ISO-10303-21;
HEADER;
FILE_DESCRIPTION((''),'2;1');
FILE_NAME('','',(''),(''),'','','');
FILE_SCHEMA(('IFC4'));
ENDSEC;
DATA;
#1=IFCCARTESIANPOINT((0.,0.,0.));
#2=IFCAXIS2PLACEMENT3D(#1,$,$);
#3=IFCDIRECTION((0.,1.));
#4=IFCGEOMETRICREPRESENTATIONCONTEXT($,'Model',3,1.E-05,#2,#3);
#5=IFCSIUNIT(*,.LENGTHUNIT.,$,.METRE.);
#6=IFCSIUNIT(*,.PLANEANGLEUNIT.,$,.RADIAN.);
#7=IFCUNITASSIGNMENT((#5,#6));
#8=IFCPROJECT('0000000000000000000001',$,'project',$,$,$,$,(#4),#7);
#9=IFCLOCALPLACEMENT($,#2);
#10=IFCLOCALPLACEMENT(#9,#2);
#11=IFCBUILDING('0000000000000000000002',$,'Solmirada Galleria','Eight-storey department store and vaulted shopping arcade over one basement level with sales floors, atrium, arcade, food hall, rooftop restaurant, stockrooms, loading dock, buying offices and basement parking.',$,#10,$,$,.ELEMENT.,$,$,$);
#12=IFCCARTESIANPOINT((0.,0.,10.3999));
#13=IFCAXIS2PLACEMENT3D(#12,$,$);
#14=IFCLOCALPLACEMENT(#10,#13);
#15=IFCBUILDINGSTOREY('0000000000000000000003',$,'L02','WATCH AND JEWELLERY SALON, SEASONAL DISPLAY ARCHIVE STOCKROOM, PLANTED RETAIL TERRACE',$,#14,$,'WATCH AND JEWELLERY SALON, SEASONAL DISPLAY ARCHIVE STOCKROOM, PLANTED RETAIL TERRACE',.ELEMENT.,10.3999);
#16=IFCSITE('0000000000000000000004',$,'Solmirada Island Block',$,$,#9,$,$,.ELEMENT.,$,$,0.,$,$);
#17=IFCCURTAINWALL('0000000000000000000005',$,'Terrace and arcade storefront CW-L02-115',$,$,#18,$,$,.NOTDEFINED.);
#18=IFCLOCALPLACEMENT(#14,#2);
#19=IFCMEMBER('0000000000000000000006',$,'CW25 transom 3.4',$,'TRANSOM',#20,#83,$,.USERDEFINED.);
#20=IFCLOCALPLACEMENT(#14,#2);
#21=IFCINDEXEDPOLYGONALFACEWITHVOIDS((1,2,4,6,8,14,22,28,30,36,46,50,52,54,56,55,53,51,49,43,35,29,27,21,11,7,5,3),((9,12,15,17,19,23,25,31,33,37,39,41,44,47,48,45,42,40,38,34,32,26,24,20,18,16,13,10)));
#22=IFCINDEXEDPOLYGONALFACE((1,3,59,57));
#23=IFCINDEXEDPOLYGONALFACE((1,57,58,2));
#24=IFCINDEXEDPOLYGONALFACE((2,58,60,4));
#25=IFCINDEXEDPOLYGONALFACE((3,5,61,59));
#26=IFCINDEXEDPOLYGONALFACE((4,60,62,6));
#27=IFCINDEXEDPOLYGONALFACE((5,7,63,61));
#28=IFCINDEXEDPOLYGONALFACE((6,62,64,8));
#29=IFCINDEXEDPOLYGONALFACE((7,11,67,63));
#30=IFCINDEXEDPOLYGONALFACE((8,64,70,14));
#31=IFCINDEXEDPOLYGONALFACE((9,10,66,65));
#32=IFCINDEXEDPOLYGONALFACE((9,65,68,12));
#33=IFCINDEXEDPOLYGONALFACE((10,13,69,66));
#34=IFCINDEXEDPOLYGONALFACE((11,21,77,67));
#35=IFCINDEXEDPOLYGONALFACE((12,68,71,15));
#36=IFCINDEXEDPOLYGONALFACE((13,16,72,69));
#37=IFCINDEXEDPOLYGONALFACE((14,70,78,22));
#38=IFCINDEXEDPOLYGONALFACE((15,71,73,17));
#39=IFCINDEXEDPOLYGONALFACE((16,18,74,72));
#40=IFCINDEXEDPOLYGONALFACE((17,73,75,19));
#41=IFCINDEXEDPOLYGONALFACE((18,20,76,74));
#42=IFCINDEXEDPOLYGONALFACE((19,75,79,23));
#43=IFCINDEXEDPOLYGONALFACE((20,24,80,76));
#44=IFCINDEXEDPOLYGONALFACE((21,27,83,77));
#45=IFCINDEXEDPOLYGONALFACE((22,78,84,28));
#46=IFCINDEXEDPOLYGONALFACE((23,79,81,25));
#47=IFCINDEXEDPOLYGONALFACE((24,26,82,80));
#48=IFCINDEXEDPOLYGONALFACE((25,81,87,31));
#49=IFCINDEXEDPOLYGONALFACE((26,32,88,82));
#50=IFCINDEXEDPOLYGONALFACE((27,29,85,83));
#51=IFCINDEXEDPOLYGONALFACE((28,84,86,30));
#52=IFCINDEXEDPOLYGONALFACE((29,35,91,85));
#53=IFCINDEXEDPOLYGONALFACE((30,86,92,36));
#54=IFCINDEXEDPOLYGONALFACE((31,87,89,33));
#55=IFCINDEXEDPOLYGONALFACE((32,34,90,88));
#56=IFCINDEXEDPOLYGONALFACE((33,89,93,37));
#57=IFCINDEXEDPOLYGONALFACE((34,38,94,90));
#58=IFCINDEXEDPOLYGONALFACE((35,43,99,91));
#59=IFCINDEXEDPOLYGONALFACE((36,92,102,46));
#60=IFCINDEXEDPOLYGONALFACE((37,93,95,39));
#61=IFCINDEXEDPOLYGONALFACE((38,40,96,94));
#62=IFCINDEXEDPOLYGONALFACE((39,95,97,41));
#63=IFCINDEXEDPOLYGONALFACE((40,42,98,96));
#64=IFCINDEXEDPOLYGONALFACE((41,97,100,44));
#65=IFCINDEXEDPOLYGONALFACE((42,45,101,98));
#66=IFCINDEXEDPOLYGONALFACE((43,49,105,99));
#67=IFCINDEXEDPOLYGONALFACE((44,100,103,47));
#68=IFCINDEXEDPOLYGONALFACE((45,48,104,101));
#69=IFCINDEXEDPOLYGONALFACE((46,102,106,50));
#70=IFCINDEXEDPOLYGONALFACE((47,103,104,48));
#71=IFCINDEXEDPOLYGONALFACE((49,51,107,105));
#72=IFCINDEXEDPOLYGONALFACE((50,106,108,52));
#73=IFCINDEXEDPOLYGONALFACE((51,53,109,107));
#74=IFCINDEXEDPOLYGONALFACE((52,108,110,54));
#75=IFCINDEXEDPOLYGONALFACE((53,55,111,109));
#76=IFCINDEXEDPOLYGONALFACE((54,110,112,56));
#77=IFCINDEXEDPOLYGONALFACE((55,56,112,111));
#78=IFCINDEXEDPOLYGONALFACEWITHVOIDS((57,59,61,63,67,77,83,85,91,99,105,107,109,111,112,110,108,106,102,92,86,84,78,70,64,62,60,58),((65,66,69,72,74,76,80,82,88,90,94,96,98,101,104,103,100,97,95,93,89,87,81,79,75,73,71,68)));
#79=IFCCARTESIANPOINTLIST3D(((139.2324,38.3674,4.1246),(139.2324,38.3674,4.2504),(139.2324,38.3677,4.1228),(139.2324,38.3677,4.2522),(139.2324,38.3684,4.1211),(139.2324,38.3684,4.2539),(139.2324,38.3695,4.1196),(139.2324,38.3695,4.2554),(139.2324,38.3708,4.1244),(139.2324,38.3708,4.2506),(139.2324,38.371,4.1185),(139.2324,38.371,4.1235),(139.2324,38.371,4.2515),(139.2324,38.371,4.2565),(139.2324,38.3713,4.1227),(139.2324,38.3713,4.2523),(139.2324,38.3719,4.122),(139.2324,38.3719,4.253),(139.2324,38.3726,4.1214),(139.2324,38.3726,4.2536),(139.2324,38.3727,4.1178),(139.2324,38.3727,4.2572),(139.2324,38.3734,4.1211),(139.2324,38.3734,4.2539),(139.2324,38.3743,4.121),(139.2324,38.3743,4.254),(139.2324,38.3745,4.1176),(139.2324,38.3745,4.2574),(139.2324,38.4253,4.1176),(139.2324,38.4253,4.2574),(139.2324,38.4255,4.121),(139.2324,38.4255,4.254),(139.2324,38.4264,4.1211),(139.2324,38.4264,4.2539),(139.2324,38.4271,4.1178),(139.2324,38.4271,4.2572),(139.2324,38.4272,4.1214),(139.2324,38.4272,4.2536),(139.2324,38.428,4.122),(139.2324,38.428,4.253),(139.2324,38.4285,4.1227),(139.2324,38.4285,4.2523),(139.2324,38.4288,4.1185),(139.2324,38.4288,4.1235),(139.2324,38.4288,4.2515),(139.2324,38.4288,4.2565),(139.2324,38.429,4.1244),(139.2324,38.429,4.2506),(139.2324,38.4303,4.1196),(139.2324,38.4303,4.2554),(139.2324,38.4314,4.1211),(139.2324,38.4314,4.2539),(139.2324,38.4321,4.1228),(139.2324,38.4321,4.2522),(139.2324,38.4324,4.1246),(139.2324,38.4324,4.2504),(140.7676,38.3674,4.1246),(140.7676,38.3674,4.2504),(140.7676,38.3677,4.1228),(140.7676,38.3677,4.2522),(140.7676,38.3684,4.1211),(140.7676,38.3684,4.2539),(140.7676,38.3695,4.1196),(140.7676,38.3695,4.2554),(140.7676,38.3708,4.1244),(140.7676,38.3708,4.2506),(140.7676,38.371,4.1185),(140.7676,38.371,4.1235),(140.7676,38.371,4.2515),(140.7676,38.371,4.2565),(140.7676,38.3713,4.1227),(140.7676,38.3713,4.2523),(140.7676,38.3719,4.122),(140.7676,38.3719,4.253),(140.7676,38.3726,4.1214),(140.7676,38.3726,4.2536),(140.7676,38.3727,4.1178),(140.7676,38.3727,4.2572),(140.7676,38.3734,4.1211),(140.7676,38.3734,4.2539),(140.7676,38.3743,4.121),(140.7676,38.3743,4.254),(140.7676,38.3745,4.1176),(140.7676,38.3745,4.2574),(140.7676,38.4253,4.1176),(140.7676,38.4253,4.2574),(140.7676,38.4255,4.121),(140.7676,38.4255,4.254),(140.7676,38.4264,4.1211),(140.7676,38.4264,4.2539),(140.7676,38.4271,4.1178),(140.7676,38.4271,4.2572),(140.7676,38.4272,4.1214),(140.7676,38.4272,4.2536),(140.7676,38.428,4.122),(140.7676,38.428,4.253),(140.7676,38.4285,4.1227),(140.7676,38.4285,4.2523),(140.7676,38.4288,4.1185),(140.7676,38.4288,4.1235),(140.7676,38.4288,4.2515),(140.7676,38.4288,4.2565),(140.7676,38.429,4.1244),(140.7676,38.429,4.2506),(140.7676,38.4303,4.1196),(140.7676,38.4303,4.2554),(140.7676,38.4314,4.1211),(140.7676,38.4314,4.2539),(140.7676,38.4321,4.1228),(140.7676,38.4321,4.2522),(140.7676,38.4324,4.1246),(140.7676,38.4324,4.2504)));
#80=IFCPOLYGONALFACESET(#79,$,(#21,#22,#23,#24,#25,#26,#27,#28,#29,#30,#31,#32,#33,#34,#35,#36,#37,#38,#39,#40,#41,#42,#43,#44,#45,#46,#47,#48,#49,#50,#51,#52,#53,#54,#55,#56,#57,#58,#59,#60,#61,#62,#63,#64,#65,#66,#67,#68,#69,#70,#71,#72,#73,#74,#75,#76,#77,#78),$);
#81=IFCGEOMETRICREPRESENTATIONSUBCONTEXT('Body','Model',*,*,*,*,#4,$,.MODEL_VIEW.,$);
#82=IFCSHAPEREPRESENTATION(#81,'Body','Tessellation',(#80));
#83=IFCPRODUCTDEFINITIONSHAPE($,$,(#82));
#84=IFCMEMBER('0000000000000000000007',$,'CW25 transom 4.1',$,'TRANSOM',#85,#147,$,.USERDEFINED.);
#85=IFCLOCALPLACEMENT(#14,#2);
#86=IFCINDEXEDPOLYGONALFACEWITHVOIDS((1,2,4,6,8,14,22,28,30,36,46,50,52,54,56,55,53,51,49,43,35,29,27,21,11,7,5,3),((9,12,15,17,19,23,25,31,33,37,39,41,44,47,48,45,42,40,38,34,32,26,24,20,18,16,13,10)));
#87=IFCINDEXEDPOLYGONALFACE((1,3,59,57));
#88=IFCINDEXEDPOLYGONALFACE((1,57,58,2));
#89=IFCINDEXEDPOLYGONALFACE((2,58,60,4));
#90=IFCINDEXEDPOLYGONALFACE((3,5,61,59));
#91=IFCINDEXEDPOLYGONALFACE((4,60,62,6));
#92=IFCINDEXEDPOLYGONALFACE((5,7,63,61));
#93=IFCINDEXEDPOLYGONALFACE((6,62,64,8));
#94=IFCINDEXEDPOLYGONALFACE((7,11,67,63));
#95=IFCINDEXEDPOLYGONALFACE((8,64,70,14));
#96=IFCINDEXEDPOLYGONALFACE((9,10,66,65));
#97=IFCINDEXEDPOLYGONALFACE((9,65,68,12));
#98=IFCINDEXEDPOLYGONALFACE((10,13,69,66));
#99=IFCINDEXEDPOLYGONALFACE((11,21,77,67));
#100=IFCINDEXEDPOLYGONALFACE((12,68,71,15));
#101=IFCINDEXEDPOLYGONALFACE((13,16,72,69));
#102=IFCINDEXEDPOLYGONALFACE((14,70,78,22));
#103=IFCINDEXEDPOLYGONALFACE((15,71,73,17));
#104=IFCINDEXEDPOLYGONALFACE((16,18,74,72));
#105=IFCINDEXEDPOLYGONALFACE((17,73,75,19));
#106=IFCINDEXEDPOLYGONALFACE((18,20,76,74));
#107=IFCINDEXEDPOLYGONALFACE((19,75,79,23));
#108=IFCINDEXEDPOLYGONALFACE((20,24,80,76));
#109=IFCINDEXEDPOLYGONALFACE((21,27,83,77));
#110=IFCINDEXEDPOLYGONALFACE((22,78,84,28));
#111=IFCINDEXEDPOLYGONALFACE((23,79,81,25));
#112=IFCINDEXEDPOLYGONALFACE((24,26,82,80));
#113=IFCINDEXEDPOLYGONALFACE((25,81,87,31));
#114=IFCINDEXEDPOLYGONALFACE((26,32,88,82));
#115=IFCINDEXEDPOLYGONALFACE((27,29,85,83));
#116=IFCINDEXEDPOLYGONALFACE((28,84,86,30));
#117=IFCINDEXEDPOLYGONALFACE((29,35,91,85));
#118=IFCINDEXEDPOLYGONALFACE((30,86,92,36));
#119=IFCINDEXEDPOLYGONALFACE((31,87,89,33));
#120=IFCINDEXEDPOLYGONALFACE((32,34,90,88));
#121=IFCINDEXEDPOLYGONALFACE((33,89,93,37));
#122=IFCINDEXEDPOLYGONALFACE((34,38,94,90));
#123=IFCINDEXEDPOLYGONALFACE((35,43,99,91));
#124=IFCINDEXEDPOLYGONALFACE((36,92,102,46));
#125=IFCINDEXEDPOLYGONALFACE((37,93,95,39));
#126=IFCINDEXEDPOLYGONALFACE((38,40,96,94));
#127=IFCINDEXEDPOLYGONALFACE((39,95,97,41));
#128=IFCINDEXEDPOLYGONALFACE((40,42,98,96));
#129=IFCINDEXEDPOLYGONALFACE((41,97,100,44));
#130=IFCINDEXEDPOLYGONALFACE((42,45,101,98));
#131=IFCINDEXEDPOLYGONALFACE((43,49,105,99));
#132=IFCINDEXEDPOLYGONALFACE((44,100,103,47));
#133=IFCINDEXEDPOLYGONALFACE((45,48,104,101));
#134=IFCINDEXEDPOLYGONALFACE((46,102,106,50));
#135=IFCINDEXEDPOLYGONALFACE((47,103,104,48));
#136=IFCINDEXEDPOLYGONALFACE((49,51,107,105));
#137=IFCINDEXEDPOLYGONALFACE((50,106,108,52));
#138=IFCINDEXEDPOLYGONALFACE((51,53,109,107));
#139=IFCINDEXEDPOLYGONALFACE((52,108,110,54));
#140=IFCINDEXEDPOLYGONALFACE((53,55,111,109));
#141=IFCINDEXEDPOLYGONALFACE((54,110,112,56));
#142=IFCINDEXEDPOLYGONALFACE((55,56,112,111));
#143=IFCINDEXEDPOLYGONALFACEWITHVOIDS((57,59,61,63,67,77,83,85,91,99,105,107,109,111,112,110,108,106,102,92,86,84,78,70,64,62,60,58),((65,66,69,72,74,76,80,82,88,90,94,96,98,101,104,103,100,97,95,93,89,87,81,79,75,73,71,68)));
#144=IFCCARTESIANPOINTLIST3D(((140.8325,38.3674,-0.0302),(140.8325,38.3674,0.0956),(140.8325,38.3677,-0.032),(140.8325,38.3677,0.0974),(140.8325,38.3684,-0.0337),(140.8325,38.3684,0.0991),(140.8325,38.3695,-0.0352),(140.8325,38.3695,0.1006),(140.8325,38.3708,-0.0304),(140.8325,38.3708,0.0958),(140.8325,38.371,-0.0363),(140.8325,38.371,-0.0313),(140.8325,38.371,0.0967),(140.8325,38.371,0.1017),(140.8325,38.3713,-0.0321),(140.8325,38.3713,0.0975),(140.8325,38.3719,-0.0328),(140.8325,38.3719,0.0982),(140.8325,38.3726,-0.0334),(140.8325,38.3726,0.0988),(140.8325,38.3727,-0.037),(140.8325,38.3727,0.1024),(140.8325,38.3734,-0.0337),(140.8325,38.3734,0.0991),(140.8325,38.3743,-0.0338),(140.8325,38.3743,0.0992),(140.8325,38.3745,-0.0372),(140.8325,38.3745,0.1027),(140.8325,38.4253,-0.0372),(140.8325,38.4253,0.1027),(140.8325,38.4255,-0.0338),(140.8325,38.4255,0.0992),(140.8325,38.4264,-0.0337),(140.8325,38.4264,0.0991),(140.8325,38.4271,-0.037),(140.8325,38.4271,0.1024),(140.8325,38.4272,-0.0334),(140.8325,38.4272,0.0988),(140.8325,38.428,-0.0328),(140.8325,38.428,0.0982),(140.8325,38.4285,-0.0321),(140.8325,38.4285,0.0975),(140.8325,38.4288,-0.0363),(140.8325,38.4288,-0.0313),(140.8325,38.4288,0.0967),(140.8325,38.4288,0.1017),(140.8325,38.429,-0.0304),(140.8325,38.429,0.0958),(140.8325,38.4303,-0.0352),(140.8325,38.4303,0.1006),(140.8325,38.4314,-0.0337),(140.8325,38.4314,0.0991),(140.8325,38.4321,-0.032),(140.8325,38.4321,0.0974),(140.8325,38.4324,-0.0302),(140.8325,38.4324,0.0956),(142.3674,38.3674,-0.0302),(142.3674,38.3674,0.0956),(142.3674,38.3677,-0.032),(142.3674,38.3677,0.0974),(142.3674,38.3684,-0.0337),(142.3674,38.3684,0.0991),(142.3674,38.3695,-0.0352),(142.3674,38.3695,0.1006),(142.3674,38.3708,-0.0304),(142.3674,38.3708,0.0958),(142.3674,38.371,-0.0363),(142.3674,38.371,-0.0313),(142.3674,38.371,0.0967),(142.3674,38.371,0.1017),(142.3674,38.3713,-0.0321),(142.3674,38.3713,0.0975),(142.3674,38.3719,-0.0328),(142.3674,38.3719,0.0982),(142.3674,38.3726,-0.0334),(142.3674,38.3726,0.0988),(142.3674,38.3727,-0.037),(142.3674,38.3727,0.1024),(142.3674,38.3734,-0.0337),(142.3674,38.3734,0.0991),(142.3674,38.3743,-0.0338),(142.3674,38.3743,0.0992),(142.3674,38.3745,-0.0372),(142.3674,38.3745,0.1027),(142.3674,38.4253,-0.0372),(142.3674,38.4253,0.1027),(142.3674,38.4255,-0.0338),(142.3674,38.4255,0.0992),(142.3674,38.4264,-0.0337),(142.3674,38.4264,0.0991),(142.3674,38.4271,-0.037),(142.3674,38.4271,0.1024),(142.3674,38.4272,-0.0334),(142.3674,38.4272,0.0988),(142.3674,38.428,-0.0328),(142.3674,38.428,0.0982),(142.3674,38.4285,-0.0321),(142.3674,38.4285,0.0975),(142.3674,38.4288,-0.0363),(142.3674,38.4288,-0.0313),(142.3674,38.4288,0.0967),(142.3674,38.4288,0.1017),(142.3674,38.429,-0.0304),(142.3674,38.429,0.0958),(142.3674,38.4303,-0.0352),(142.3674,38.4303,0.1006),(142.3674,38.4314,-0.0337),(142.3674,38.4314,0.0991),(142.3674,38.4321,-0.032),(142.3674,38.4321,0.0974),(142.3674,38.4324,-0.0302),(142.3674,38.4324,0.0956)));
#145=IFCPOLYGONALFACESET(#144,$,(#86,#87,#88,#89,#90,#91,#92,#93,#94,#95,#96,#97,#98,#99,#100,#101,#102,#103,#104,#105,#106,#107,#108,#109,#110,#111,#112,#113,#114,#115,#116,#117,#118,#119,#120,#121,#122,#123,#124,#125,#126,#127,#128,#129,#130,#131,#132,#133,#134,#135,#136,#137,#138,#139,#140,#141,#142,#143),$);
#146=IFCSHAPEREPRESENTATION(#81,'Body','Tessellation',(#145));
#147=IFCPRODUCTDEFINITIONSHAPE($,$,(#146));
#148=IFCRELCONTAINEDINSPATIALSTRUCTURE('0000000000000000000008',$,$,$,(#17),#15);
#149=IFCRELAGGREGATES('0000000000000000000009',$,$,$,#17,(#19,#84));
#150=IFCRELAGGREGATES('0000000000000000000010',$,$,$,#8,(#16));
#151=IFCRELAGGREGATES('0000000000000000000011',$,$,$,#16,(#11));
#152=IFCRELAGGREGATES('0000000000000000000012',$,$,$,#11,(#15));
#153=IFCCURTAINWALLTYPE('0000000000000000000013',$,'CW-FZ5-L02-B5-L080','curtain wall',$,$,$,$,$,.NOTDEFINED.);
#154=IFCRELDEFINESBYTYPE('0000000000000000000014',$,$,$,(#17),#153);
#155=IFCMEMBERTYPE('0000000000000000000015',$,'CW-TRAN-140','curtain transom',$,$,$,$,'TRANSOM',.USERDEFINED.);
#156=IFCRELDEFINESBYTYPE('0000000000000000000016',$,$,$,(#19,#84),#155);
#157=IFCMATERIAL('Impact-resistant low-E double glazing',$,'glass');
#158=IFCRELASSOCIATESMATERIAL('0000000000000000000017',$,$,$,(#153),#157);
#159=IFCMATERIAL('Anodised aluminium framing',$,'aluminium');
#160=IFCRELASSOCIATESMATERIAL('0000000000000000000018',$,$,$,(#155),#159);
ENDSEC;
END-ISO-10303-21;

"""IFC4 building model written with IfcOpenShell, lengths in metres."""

from ifc_helpers import new_model, si_unit, direction, frame, origin, origin_2d, place, context, subcontext, project, spatial, hollow_rectangle, extrude, material, material_profile, profile_set, type_object, element, aggregate, save


model = new_model("IFC4")

# Units and contexts
model_context = context("Model", 3, precision=1e-05, world=origin(), true_north=direction((0.0, 1.0)))
body_context = subcontext(model_context, "Body", "Model", "MODEL_VIEW")
ifc_project = project(units=[si_unit("LENGTHUNIT", "METRE"), si_unit("PLANEANGLEUNIT", "RADIAN")], contexts=[model_context])

# Site, building, storey
site_placement = place(None, origin())
site = spatial("IfcSite", under=ifc_project, at=site_placement, Name="Solmirada Island Block", CompositionType="ELEMENT", RefElevation=0.0)
building_placement = place(site_placement, origin())
building = spatial("IfcBuilding", under=site, at=building_placement, Name="Solmirada Galleria", Description="Eight-storey department store and vaulted shopping arcade over one basement level with sales floors, atrium, arcade, food hall, rooftop restaurant, stockrooms, loading dock, buying offices and basement parking.", CompositionType="ELEMENT")
storey_placement = place(building_placement, frame((0.0, 0.0, 10.3999)))
storey = spatial("IfcBuildingStorey", under=building, at=storey_placement, Name="L02", Description="WATCH AND JEWELLERY SALON, SEASONAL DISPLAY ARCHIVE STOCKROOM, PLANTED RETAIL TERRACE", LongName="WATCH AND JEWELLERY SALON, SEASONAL DISPLAY ARCHIVE STOCKROOM, PLANTED RETAIL TERRACE", CompositionType="ELEMENT", Elevation=10.3999)

# Curtain wall, members
ifc_material_1 = material(Name="Impact-resistant low-E double glazing", Category="glass")
curtain_wall_type = type_object("IfcCurtainWallType", Name="CW-FZ5-L02-B5-L080", Description="curtain wall", PredefinedType="NOTDEFINED", material=ifc_material_1)
curtain_wall_placement = place(storey_placement, origin())
curtain_wall = element("IfcCurtainWall", 1, at=curtain_wall_placement, inside=storey, type_object=curtain_wall_type, Name="Terrace and arcade storefront CW-L02-115", PredefinedType="NOTDEFINED")
ifc_material_2 = material(Name="Anodised aluminium framing", Category="aluminium")
ifc_material_profile_1 = material_profile(ifc_material_2, hollow_rectangle(XDim=0.0649, YDim=0.1399, WallThickness=0.0034, InnerFilletRadius=0.0034, OuterFilletRadius=0.0071, at=origin_2d()), Name="ALU-TRAN-140X65")
ifc_profile_set_1 = profile_set([ifc_material_profile_1], Name="Anodised aluminium framing")
member_type_1 = type_object("IfcMemberType", Name="CW-TRAN-140", Description="curtain transom", ElementType="TRANSOM", PredefinedType="USERDEFINED", material=ifc_profile_set_1)
member_1_placement = place(storey_placement, frame((139.2324, 38.3999, 4.1875), z_axis=(1.0, 0.0, 0.0), x_axis=(0.0, 1.0, 0.0)))
member_1 = element("IfcMember", 2, at=member_1_placement, type_object=member_type_1, Name="CW25 transom 3.4", ObjectType="TRANSOM", PredefinedType="USERDEFINED", context=body_context, shape_type="SweptSolid", body=[
    extrude(hollow_rectangle(XDim=0.0649, YDim=0.1399, WallThickness=0.0034, InnerFilletRadius=0.0034, OuterFilletRadius=0.0071, at=origin_2d()), origin(), (0.0, 0.0, 1.0), 1.5352),
])
member_2_placement = place(storey_placement, frame((140.8325, 38.3999, 0.0327), z_axis=(1.0, 0.0, 0.0), x_axis=(0.0, 1.0, 0.0)))
member_2 = element("IfcMember", 3, at=member_2_placement, type_object=member_type_1, Name="CW25 transom 4.1", ObjectType="TRANSOM", PredefinedType="USERDEFINED", context=body_context, shape_type="SweptSolid", body=[
    extrude(hollow_rectangle(XDim=0.0649, YDim=0.1399, WallThickness=0.0034, InnerFilletRadius=0.0034, OuterFilletRadius=0.0071, at=origin_2d()), origin(), (0.0, 0.0, 1.0), 1.5349),
])
aggregate(curtain_wall, [member_1, member_2])

save(model, "model.ifc")
